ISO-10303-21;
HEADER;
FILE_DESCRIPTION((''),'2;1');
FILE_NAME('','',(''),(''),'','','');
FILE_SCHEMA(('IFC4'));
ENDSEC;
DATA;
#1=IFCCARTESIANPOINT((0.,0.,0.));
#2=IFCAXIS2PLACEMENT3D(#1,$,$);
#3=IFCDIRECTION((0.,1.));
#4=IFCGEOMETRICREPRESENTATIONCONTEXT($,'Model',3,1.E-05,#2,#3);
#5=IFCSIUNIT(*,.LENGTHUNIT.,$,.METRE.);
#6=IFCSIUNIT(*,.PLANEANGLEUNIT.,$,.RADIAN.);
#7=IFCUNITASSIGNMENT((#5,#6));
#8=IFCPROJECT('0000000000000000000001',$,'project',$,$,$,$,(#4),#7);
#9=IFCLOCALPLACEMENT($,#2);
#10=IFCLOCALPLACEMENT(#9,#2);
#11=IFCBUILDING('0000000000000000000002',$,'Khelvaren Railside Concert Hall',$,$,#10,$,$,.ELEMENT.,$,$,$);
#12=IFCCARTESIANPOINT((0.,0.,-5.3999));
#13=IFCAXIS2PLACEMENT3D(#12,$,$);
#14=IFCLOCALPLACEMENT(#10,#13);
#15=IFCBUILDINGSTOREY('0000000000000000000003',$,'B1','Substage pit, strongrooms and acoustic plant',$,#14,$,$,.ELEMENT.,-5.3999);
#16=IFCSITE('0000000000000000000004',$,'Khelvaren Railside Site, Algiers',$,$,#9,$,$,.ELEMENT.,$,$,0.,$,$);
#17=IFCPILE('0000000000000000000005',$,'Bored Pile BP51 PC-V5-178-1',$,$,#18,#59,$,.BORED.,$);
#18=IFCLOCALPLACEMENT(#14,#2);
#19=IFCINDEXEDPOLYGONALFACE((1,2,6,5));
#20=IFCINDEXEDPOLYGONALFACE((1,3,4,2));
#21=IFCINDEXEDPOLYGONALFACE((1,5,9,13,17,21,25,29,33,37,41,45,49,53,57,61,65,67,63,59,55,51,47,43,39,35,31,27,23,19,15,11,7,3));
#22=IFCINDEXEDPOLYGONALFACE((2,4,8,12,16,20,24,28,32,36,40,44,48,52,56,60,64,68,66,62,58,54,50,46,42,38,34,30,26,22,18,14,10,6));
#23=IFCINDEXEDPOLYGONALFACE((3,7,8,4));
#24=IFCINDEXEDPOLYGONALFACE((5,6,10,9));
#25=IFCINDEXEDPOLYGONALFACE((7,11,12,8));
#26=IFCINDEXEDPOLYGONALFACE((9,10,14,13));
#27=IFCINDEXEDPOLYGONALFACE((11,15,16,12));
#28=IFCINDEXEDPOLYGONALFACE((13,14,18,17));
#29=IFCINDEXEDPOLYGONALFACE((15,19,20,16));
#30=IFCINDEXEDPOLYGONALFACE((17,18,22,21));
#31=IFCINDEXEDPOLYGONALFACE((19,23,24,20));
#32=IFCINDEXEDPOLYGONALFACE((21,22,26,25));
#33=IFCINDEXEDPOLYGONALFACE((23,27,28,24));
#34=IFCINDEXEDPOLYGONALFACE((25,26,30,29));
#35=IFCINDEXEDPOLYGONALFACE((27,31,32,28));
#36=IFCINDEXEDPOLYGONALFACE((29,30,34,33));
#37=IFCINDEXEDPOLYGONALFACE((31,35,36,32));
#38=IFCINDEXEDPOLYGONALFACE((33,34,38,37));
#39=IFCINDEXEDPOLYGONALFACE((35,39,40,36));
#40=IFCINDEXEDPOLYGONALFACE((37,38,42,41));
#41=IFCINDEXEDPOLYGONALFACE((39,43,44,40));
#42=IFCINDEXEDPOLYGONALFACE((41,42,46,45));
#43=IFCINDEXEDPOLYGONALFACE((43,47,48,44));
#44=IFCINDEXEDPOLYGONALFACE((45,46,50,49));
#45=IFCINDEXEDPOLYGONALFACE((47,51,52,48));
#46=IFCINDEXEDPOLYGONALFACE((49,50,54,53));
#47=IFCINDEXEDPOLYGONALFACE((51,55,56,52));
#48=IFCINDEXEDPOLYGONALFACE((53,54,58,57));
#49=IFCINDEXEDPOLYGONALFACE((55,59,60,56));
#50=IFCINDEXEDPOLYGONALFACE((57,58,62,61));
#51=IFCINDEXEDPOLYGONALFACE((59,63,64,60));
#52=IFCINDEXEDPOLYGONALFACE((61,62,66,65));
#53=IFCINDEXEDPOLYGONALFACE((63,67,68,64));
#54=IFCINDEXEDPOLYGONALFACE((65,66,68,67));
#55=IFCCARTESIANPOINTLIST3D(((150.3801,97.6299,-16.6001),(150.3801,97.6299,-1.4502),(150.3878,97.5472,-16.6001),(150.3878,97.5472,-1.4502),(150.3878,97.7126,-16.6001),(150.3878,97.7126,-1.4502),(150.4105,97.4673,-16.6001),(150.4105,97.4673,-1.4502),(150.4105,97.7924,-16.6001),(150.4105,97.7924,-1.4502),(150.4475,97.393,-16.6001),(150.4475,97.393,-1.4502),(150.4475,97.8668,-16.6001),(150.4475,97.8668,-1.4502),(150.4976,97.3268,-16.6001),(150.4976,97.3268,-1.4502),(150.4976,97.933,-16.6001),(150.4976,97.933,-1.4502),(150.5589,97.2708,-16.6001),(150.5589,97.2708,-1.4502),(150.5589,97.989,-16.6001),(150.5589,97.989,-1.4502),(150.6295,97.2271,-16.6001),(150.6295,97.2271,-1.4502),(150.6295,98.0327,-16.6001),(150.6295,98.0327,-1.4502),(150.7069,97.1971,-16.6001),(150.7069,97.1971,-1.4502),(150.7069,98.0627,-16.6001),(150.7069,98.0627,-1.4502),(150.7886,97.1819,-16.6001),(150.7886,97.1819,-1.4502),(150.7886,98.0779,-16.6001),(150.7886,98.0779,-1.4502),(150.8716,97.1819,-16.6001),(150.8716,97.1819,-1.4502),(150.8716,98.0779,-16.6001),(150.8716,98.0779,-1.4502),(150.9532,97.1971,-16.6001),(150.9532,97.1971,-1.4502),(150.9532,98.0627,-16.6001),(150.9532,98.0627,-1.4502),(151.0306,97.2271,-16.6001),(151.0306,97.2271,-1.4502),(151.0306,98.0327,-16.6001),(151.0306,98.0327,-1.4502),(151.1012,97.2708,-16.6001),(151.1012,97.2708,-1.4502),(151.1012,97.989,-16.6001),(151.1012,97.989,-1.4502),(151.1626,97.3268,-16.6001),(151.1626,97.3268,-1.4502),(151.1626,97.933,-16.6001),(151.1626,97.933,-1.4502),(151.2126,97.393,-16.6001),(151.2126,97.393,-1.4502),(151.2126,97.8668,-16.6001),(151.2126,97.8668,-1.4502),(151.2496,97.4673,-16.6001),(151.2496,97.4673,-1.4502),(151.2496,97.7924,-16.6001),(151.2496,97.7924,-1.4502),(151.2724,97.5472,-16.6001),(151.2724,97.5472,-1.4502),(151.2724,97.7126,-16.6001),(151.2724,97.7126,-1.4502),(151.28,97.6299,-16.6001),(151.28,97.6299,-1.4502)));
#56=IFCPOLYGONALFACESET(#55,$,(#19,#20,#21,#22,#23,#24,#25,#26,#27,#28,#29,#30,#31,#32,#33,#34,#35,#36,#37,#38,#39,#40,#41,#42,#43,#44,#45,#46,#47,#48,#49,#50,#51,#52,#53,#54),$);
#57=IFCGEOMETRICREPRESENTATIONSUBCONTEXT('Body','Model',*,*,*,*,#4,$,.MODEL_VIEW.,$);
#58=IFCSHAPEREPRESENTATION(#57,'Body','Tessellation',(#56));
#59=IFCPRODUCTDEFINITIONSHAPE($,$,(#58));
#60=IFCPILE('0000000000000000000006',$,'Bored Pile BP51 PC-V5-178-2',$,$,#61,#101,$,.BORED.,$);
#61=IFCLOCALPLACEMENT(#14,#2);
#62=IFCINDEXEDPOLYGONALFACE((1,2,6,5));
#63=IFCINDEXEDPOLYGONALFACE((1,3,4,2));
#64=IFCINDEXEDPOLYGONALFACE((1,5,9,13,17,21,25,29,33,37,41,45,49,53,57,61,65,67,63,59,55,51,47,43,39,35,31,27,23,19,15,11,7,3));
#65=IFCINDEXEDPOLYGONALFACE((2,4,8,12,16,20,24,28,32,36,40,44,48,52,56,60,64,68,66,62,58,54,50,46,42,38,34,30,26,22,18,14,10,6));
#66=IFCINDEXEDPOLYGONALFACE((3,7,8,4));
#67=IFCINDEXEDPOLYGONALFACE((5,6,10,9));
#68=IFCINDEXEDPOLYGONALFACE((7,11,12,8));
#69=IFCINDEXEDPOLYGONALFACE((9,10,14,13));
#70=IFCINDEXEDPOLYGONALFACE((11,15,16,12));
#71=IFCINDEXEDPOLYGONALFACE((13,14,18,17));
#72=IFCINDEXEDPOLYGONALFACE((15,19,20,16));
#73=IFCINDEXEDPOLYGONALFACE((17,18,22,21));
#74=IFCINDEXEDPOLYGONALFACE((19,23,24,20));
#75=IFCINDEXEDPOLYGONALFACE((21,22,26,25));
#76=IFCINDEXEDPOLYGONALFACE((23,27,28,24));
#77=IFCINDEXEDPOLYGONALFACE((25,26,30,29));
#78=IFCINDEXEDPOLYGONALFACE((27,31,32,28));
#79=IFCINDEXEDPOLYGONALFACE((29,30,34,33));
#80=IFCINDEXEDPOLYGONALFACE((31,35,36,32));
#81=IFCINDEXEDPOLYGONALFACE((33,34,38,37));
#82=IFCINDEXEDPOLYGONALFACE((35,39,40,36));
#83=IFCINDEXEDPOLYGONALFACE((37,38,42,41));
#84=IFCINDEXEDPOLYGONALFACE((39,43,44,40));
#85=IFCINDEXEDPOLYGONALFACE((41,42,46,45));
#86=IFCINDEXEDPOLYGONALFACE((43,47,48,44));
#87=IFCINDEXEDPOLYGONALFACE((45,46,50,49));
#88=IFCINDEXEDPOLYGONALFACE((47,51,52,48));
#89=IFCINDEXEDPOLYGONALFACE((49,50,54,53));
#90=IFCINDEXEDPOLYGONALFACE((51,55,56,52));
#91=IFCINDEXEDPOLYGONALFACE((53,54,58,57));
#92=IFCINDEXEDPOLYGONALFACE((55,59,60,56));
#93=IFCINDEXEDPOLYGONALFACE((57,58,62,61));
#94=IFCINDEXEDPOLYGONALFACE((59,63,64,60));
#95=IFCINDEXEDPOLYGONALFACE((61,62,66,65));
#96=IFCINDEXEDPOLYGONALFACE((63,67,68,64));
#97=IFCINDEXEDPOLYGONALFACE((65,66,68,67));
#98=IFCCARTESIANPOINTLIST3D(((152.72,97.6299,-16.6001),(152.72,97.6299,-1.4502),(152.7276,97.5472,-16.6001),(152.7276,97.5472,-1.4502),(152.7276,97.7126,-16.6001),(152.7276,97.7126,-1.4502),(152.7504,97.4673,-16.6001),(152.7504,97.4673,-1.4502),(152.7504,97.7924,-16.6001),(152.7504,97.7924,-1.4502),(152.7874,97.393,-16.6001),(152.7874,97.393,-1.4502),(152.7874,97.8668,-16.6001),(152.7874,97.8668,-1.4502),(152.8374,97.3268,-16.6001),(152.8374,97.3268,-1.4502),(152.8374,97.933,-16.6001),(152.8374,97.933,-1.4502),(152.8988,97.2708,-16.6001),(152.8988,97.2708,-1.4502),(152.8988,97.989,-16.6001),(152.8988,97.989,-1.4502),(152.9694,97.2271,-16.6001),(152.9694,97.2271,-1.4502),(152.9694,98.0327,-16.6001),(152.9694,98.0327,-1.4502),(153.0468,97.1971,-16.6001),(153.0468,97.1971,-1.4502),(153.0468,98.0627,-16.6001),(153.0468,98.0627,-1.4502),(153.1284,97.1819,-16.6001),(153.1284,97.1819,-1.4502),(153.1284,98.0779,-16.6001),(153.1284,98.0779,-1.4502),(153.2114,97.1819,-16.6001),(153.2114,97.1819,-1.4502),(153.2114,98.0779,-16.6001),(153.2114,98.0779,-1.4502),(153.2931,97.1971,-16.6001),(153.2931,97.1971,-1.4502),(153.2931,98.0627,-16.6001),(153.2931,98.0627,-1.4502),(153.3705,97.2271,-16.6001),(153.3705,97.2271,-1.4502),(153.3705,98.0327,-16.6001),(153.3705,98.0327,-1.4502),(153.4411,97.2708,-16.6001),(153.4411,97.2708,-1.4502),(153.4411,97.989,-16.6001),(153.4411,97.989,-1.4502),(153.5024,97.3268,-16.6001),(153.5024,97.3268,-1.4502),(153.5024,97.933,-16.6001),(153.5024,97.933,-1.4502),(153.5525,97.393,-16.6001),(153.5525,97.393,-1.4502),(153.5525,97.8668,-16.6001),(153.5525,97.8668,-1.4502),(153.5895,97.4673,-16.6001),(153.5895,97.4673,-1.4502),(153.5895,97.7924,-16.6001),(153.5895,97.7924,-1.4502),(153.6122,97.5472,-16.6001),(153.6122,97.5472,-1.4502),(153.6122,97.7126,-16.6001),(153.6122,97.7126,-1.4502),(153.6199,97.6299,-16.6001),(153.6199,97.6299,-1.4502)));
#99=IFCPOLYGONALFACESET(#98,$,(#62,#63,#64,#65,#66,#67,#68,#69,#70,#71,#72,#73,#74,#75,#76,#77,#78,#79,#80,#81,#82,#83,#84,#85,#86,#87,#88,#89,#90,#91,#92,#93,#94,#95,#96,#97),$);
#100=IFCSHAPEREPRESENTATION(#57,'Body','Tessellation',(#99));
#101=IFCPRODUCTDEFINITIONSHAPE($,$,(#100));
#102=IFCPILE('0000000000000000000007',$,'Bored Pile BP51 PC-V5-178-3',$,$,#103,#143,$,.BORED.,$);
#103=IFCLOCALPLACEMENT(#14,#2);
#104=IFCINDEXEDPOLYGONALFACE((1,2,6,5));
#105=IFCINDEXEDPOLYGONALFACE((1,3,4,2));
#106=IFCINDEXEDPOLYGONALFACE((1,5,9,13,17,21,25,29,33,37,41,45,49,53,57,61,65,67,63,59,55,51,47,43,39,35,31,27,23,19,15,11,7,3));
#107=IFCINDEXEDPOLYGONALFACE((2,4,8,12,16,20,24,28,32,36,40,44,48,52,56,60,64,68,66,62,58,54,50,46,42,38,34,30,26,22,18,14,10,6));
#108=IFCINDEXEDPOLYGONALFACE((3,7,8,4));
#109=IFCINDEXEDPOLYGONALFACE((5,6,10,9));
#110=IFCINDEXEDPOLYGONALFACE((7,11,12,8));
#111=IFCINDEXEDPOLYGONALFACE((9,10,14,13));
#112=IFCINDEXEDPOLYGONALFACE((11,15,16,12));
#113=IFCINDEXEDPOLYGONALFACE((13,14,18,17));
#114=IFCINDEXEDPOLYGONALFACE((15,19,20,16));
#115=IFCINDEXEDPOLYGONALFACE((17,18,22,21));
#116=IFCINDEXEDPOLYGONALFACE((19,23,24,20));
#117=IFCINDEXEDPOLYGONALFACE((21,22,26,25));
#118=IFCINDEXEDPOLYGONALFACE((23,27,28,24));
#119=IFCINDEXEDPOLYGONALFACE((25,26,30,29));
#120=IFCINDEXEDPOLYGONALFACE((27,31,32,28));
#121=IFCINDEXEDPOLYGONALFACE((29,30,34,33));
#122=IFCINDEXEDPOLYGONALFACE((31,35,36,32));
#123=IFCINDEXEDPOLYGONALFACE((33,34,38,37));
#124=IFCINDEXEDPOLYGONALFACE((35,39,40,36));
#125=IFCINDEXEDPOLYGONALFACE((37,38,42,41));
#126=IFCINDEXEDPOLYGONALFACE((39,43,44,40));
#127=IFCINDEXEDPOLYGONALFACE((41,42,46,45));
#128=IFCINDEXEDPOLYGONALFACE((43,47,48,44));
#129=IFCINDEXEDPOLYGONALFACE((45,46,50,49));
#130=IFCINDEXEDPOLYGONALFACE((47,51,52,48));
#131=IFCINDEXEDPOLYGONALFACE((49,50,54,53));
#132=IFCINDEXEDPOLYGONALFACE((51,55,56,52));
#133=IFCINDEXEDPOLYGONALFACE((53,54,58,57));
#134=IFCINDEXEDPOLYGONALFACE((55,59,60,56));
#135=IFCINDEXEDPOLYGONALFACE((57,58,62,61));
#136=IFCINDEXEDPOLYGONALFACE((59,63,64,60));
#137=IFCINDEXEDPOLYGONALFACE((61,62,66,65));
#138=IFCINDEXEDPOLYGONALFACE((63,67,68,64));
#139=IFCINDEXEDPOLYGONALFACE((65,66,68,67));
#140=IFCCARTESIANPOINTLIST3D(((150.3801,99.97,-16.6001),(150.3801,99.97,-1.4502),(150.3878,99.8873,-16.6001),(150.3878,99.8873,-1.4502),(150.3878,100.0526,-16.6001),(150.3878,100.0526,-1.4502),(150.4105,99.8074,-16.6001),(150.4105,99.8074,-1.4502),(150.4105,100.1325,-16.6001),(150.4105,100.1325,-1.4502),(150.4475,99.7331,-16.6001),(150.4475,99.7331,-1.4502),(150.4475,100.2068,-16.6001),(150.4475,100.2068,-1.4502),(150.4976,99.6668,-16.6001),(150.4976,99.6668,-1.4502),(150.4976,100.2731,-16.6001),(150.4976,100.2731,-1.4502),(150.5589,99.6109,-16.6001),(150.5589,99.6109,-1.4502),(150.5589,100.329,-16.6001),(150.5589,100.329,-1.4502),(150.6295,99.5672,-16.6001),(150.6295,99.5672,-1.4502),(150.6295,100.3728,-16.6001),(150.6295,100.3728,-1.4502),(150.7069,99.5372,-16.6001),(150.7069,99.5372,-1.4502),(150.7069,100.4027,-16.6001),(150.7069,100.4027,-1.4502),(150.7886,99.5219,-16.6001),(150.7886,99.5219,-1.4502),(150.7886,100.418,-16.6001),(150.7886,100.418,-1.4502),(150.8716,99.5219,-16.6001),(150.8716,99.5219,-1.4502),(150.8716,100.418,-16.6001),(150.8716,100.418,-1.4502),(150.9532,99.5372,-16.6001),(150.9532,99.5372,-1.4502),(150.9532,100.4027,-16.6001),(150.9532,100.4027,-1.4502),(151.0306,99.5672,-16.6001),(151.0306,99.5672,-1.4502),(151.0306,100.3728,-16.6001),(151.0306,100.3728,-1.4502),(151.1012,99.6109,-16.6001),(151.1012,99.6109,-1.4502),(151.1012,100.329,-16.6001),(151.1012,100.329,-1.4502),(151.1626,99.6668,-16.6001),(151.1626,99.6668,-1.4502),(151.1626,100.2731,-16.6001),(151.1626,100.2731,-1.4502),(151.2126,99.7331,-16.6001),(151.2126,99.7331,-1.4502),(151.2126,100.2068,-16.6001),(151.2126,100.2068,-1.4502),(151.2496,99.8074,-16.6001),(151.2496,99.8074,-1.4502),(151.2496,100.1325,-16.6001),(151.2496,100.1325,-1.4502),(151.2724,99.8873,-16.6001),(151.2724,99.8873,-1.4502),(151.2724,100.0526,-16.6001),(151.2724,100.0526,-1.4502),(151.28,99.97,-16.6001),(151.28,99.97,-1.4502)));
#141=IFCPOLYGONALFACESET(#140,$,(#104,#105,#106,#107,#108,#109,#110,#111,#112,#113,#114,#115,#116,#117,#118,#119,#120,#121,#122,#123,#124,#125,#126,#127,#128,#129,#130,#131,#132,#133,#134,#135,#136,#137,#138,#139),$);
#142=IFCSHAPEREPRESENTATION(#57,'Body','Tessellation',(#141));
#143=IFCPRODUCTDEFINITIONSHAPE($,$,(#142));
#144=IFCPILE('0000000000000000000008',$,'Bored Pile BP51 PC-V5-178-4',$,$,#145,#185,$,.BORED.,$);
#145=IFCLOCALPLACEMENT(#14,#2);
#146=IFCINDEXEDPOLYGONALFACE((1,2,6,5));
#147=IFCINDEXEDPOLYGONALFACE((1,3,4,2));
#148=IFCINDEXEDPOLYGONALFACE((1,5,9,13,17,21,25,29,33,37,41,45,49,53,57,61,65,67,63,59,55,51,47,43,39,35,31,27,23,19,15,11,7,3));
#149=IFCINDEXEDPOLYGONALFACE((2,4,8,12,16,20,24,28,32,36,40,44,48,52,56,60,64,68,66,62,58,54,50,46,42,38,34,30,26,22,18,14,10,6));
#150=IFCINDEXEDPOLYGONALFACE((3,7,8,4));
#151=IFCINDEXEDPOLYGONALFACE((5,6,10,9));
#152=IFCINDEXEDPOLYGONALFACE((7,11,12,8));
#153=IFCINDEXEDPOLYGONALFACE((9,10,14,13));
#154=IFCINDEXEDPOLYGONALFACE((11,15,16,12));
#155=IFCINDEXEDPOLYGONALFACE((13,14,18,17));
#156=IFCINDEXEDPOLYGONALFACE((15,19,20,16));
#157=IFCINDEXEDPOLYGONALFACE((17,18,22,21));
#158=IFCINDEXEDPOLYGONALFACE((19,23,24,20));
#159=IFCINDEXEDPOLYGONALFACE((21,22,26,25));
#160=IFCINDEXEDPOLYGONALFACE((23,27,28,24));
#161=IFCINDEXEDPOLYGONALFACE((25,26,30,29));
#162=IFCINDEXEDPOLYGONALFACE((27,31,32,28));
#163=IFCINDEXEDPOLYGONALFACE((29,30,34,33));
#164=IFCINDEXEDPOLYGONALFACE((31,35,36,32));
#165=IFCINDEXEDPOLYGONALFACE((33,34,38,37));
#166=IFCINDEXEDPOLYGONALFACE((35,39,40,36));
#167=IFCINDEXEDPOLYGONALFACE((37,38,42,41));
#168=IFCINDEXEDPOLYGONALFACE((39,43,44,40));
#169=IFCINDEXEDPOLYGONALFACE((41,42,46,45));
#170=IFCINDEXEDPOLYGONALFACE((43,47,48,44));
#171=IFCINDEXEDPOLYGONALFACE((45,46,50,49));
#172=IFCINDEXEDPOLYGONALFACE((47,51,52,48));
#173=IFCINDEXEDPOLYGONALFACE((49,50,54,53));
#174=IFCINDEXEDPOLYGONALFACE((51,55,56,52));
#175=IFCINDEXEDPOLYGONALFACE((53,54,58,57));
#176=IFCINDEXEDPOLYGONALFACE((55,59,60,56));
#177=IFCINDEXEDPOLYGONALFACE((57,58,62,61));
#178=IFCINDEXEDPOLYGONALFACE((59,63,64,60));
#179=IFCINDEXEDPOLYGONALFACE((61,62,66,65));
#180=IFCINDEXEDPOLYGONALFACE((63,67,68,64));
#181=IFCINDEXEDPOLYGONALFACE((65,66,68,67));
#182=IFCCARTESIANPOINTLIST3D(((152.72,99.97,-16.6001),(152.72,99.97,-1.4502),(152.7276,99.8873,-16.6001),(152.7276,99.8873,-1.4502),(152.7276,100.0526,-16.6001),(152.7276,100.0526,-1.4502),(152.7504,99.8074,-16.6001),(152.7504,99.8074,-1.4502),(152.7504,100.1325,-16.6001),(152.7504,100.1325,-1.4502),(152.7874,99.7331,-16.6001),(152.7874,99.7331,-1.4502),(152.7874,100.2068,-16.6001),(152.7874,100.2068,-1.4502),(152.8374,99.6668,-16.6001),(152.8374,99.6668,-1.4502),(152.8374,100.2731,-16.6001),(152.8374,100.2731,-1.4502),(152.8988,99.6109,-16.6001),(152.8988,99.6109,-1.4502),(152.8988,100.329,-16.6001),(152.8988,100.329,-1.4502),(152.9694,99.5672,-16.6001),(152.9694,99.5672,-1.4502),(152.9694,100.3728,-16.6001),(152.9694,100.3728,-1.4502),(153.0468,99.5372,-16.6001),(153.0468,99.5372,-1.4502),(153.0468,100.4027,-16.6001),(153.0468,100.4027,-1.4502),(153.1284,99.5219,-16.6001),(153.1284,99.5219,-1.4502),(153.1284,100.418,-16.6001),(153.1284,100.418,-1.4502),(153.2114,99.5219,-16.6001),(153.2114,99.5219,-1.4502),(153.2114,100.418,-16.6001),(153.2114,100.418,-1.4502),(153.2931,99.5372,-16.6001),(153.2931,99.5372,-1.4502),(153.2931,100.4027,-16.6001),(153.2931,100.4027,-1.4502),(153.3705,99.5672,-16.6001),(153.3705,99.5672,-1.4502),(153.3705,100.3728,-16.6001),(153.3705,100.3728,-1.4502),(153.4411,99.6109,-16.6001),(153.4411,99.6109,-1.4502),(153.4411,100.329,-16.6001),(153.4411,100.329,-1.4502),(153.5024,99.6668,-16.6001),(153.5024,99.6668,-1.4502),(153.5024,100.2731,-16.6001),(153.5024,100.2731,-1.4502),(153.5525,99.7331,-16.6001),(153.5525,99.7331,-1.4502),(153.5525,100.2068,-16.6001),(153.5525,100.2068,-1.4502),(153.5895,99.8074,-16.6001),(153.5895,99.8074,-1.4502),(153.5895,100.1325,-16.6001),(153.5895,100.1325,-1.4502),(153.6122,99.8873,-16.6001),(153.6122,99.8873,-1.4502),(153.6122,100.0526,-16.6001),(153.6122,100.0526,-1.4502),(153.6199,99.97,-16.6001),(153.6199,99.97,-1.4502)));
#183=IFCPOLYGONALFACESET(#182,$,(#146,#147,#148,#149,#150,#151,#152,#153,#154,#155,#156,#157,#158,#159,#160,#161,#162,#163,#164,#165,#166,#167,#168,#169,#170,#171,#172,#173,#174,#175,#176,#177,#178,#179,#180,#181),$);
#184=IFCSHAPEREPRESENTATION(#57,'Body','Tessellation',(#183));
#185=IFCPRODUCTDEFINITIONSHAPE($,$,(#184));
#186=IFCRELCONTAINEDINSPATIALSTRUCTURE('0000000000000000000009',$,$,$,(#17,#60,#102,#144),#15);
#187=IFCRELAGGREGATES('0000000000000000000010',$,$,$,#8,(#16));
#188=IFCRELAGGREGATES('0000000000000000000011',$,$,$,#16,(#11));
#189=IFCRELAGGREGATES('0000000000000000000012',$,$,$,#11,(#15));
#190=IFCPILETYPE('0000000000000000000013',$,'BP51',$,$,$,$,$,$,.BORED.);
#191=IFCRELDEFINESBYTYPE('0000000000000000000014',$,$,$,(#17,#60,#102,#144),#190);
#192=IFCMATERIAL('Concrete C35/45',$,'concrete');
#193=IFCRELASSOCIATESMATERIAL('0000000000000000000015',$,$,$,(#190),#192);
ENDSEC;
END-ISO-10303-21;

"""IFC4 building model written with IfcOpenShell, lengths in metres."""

from ifc_helpers import new_model, si_unit, direction, frame, origin, origin_2d, place, context, subcontext, project, spatial, circle, extrude, material, material_profile, profile_set, type_object, element, save


model = new_model("IFC4")

# Units and contexts
model_context = context("Model", 3, precision=1e-05, world=origin(), true_north=direction((0.0, 1.0)))
body_context = subcontext(model_context, "Body", "Model", "MODEL_VIEW")
ifc_project = project(units=[si_unit("LENGTHUNIT", "METRE"), si_unit("PLANEANGLEUNIT", "RADIAN")], contexts=[model_context])

# Site, building, storey
site_placement = place(None, origin())
site = spatial("IfcSite", under=ifc_project, at=site_placement, Name="Khelvaren Railside Site, Algiers", CompositionType="ELEMENT", RefElevation=0.0)
building_placement = place(site_placement, origin())
building = spatial("IfcBuilding", under=site, at=building_placement, Name="Khelvaren Railside Concert Hall", CompositionType="ELEMENT")
storey_placement = place(building_placement, frame((0.0, 0.0, -5.3999)))
storey = spatial("IfcBuildingStorey", under=building, at=storey_placement, Name="B1", Description="Substage pit, strongrooms and acoustic plant", CompositionType="ELEMENT", Elevation=-5.3999)

# Piles
ifc_material_1 = material(Name="Concrete C35/45", Category="concrete")
ifc_material_profile_1 = material_profile(ifc_material_1, circle(Radius=0.45, at=origin_2d()), Name="BP D900")
ifc_profile_set_1 = profile_set([ifc_material_profile_1], Name="Concrete C35/45")
pile_type_1 = type_object("IfcPileType", Name="BP51", PredefinedType="BORED", material=ifc_profile_set_1)
for number, where, z_axis, x_axis, name in (
    (1, (150.8301, 97.6299, -1.4502), (0.0, 0.0, -1.0), (1.0, 0.0, 0.0), "Bored Pile BP51 PC-V5-178-1"),
    (2, (153.1699, 97.6299, -1.4502), (0.0, 0.0, -1.0), (1.0, 0.0, 0.0), "Bored Pile BP51 PC-V5-178-2"),
    (3, (150.8301, 99.97, -1.4502), (0.0, 0.0, -1.0), (1.0, 0.0, 0.0), "Bored Pile BP51 PC-V5-178-3"),
    (4, (153.1699, 99.97, -1.4502), (0.0, 0.0, -1.0), (1.0, 0.0, 0.0), "Bored Pile BP51 PC-V5-178-4"),
):
    element("IfcPile", number, at=place(storey_placement, frame(where, z_axis=z_axis, x_axis=x_axis)), inside=storey, type_object=pile_type_1, Name=name, PredefinedType="BORED", context=body_context, shape_type="SweptSolid", body=[
        extrude(circle(Radius=0.45, at=origin_2d()), origin(), (0.0, 0.0, 1.0), 15.1499),
    ])

save(model, "model.ifc")
